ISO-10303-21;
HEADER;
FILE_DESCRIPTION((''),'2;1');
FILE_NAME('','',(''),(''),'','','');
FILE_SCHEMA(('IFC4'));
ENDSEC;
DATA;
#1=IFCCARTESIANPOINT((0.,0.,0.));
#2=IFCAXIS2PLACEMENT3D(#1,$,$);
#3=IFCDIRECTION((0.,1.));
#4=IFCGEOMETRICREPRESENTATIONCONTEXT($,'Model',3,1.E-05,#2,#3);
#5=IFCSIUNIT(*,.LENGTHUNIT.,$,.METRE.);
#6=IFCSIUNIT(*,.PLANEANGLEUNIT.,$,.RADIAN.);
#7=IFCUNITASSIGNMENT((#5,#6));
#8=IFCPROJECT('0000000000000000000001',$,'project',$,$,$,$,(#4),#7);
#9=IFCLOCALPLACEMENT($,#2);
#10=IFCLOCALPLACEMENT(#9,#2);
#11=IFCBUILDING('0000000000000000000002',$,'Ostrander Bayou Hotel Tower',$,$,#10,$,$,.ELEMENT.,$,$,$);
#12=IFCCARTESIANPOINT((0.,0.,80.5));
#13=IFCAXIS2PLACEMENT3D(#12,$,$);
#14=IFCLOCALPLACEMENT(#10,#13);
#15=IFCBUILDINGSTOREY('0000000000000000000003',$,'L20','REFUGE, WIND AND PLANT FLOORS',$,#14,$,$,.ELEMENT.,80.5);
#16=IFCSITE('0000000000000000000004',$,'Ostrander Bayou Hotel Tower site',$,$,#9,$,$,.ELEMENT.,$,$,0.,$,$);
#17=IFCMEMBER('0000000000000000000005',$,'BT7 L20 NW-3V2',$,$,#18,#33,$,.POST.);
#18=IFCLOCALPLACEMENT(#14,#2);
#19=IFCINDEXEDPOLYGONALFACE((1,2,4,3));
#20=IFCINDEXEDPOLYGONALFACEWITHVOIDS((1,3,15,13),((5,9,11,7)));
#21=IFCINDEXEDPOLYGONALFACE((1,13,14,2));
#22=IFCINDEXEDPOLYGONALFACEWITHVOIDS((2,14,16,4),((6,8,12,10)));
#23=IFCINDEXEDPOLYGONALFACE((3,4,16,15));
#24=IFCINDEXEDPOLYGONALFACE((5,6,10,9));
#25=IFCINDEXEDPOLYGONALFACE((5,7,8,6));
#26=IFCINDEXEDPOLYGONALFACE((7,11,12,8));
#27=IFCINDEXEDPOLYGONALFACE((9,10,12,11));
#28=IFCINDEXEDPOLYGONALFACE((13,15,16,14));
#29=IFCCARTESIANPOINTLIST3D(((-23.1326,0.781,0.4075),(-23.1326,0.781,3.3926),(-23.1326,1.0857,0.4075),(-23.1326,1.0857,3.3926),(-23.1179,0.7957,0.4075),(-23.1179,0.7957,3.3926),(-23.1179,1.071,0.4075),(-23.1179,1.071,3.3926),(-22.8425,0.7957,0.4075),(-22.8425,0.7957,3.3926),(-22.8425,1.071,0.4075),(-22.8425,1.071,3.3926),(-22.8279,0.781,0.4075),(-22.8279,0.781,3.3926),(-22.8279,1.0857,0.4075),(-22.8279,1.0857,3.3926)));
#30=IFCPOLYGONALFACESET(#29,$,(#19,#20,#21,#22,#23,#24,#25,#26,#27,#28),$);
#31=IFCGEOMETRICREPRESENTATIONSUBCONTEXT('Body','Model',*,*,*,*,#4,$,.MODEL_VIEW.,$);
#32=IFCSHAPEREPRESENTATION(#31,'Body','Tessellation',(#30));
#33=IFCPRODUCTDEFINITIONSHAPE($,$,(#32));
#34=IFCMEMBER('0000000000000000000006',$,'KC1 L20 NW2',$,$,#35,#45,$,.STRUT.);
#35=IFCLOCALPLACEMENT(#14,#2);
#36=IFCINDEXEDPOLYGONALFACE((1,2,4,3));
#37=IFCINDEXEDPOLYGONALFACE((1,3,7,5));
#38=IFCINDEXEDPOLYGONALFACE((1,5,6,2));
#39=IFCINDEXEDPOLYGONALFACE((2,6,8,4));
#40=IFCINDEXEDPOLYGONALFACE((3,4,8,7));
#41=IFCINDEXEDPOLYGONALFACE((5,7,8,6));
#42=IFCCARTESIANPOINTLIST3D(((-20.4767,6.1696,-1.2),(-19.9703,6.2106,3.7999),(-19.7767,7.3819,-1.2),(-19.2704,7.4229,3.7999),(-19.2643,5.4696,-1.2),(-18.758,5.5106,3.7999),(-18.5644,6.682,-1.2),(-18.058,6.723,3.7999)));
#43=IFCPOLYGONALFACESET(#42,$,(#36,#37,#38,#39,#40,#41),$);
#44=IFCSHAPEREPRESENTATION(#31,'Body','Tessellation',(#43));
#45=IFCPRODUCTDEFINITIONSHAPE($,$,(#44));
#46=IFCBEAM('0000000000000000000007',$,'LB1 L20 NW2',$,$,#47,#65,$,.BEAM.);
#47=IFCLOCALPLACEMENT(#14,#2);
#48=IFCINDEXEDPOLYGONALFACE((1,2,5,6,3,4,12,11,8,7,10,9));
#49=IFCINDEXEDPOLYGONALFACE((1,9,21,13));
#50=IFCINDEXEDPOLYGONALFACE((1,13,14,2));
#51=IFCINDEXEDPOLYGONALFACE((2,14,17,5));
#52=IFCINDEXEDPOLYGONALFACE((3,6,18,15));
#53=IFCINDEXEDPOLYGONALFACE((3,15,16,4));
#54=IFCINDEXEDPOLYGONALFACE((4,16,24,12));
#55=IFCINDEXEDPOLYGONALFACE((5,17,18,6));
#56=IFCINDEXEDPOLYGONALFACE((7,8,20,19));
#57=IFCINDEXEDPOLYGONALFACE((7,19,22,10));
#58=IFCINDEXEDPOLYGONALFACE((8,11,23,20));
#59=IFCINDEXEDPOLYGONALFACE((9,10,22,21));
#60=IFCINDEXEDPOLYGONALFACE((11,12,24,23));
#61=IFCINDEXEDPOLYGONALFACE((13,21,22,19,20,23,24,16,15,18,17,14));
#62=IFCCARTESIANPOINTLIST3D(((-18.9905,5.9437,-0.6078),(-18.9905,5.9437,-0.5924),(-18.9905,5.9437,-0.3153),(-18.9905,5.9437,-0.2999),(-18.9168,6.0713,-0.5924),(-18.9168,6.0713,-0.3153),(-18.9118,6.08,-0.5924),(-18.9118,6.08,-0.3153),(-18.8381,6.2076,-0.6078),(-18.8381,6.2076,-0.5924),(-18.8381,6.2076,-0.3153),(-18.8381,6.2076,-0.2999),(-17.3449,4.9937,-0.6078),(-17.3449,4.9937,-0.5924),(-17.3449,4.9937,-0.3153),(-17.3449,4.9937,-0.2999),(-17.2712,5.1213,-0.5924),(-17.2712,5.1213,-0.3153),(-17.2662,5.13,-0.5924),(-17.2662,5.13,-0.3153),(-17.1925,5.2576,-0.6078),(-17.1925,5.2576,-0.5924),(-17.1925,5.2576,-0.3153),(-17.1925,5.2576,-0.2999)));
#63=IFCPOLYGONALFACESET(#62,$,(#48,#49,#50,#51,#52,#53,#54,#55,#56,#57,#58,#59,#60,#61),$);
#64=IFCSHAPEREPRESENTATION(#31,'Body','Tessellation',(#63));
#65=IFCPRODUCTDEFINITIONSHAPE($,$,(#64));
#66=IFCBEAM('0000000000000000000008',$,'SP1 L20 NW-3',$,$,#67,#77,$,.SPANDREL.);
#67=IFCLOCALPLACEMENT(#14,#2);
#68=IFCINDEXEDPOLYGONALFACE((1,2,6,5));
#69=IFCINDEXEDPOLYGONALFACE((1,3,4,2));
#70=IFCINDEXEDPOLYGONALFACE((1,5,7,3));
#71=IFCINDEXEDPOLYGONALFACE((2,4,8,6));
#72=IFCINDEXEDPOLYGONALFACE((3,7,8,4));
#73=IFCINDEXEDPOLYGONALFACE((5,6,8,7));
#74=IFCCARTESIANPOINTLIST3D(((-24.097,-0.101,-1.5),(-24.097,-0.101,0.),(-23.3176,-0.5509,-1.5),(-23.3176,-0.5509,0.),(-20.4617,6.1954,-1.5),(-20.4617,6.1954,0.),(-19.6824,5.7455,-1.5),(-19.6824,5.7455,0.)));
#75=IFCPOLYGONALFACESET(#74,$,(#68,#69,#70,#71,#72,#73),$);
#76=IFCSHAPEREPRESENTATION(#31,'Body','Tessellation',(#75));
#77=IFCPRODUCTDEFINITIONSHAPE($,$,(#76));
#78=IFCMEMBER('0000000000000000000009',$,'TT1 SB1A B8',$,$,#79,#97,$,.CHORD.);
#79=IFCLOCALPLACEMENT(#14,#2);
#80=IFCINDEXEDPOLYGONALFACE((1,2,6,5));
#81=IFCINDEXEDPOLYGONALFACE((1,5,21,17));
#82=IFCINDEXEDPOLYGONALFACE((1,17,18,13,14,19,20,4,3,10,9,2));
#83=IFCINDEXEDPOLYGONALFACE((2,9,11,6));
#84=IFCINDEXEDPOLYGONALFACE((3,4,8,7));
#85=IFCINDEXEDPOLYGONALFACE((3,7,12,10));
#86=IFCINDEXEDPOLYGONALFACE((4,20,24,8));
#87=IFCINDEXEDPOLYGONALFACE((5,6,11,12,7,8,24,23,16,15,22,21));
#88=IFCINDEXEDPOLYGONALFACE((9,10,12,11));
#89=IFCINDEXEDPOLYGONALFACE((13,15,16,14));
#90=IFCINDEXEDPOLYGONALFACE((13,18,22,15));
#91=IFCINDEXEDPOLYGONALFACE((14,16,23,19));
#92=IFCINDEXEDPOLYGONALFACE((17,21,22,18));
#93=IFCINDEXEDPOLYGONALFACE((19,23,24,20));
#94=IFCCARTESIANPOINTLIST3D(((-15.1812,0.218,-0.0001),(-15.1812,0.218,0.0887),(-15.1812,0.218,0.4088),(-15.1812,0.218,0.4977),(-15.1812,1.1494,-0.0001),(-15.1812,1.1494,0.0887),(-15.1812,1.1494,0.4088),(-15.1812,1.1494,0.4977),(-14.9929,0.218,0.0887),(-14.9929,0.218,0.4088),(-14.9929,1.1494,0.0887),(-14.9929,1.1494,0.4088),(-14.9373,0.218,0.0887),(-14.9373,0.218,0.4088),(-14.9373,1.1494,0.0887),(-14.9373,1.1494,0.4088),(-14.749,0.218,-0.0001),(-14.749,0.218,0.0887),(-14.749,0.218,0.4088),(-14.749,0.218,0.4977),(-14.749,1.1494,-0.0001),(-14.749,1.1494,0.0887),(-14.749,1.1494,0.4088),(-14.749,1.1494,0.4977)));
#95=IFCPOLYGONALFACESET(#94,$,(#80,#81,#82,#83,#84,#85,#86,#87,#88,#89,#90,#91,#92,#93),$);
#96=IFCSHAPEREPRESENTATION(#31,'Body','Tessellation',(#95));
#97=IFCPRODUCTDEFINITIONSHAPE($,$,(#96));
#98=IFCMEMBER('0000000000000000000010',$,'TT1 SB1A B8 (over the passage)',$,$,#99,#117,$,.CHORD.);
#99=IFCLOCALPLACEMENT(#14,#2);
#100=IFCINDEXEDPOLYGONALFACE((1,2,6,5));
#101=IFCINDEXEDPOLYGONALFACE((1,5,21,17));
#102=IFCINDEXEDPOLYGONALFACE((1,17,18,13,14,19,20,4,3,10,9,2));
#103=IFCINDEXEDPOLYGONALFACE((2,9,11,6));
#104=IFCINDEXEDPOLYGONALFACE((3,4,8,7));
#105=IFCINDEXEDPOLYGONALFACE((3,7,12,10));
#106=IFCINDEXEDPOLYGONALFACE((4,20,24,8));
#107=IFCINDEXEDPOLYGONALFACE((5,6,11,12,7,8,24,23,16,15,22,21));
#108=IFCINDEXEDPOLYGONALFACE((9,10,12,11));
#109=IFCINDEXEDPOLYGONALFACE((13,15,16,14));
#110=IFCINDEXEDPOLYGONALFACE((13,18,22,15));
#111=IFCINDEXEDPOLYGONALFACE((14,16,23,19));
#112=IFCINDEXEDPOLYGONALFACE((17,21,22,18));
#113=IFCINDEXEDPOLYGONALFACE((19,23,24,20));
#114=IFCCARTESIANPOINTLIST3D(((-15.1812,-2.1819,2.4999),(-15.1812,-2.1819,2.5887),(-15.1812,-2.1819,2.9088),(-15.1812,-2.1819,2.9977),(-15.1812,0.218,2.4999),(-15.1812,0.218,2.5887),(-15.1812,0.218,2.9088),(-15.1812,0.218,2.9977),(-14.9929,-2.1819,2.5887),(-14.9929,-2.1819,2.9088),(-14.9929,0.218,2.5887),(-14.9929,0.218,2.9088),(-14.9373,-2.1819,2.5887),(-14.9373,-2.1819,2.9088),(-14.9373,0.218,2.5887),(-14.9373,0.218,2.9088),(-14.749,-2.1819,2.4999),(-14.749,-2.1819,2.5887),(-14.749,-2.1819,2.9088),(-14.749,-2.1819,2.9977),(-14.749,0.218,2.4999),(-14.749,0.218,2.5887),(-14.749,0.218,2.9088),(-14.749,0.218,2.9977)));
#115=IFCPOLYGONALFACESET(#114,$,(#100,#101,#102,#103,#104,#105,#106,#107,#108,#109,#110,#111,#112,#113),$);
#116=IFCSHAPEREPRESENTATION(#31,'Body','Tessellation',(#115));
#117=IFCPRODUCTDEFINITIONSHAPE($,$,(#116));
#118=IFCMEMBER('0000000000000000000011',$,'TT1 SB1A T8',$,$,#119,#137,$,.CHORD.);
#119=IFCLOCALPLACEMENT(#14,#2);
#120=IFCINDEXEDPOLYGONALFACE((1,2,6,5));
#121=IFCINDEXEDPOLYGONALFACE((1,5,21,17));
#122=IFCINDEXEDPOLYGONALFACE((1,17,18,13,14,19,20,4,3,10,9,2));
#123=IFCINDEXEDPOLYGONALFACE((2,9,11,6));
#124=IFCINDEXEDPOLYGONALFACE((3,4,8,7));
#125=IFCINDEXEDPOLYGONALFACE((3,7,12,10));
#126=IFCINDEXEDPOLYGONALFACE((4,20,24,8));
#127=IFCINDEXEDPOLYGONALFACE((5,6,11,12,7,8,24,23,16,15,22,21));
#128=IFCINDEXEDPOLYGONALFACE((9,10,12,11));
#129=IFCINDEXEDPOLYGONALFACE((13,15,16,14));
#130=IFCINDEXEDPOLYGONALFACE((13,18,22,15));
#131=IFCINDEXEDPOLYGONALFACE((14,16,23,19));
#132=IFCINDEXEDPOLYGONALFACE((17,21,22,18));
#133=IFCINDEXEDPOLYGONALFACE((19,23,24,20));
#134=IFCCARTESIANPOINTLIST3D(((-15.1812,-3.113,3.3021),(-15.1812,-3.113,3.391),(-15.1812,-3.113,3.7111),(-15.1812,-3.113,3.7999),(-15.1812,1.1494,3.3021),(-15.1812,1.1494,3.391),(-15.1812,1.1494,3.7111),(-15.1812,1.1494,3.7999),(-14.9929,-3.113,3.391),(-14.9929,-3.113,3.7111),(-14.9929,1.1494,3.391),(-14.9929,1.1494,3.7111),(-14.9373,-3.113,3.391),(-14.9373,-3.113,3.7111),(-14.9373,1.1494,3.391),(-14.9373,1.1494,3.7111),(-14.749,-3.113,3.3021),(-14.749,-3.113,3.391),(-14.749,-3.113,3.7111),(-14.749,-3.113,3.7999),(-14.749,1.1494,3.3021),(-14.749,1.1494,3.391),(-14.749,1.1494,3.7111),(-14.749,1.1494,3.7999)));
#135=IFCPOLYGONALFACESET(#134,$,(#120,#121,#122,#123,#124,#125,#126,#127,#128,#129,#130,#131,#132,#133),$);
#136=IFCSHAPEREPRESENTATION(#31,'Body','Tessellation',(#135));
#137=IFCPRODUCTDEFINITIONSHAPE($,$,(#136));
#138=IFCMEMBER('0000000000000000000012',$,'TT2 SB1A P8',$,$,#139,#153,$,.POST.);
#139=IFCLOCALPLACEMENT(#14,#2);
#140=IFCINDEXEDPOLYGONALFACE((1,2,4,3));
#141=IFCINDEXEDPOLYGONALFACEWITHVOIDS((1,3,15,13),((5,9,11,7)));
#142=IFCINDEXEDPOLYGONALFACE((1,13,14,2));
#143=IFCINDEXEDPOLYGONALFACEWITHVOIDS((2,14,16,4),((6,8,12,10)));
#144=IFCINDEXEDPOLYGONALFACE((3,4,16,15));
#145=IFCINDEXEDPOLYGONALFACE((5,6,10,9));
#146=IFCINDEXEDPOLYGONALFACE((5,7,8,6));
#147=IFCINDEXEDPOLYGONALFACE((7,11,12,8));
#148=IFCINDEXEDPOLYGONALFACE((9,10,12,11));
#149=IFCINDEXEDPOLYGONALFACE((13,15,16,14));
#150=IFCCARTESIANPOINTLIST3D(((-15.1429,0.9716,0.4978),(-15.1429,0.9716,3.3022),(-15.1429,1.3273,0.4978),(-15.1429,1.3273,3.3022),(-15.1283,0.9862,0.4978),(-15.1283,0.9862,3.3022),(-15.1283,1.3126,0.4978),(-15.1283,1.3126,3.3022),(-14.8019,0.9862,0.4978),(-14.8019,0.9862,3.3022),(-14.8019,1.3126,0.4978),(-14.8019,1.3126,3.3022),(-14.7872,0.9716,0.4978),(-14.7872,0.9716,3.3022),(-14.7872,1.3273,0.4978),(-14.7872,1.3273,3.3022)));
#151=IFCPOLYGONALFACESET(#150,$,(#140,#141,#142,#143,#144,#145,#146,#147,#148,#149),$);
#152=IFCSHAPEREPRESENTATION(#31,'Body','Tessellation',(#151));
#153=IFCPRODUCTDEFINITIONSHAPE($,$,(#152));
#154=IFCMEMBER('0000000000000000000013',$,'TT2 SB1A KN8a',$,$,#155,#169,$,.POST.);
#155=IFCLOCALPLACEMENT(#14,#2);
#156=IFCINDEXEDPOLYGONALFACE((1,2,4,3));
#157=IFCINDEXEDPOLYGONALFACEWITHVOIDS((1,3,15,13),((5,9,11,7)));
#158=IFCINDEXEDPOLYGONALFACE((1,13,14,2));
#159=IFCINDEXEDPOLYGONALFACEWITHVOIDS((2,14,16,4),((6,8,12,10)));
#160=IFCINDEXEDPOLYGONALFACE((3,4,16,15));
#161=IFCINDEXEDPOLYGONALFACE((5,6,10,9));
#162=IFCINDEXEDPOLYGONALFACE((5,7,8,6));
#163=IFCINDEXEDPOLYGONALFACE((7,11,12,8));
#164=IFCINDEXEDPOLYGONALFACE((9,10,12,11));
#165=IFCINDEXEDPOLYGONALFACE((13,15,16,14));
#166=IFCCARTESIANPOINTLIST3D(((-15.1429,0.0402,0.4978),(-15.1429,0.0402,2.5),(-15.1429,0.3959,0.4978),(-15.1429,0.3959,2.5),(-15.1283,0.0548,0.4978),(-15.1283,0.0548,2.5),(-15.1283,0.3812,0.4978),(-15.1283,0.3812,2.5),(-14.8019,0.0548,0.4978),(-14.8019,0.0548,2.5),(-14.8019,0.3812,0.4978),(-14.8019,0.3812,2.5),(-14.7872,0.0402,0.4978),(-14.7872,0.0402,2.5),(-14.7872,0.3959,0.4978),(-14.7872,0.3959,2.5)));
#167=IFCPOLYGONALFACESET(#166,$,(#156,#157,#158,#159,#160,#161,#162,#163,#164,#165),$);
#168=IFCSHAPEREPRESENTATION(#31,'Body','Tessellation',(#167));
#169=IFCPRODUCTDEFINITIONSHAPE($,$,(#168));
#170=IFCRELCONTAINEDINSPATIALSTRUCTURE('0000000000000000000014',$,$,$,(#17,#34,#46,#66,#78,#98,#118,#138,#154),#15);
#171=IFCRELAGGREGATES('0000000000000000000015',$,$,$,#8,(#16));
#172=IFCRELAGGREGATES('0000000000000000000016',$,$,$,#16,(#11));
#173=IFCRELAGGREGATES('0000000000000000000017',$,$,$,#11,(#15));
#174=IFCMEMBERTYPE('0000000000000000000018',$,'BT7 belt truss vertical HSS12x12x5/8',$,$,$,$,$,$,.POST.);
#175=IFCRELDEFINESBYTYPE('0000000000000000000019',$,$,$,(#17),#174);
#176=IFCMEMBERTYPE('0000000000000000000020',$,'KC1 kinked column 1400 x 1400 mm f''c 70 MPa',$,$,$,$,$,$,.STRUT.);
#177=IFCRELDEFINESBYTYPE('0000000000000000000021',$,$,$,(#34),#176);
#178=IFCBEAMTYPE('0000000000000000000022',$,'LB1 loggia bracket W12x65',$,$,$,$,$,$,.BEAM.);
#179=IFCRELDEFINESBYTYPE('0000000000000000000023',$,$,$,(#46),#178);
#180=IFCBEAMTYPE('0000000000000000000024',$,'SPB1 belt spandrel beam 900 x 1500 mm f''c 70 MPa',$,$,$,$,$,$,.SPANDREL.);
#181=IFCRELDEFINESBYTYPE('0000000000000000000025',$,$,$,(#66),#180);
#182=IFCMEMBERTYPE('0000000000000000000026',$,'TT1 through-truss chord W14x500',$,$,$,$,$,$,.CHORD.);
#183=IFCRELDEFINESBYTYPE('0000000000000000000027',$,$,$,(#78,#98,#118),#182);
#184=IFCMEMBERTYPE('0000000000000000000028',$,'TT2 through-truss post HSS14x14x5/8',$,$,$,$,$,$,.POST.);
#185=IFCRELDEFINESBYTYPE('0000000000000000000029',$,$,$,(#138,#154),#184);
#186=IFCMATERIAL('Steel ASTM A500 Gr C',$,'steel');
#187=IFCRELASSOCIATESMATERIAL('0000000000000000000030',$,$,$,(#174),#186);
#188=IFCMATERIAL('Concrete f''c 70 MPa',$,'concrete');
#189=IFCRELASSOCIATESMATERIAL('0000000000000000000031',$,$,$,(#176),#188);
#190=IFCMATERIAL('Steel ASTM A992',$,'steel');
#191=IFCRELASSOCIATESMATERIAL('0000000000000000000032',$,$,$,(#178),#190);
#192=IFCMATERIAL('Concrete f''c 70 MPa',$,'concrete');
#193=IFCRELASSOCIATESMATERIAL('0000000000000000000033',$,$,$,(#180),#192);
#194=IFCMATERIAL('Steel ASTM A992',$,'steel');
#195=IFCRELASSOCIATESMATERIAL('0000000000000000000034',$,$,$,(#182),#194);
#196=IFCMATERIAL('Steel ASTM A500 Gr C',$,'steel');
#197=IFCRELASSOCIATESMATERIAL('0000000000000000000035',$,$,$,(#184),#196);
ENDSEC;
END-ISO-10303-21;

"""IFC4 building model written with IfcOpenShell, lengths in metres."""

from ifc_helpers import new_model, si_unit, direction, frame, origin, origin_2d, place, context, subcontext, project, spatial, rectangle, hollow_rectangle, i_section, extrude, material, material_profile, profile_set, type_object, element, save


model = new_model("IFC4")

# Units and contexts
model_context = context("Model", 3, precision=1e-05, world=origin(), true_north=direction((0.0, 1.0)))
body_context = subcontext(model_context, "Body", "Model", "MODEL_VIEW")
ifc_project = project(units=[si_unit("LENGTHUNIT", "METRE"), si_unit("PLANEANGLEUNIT", "RADIAN")], contexts=[model_context])

# Site, building, storey
site_placement = place(None, origin())
site = spatial("IfcSite", under=ifc_project, at=site_placement, Name="Ostrander Bayou Hotel Tower site", CompositionType="ELEMENT", RefElevation=0.0)
building_placement = place(site_placement, origin())
building = spatial("IfcBuilding", under=site, at=building_placement, Name="Ostrander Bayou Hotel Tower", CompositionType="ELEMENT")
storey_placement = place(building_placement, frame((0.0, 0.0, 80.5)))
storey = spatial("IfcBuildingStorey", under=building, at=storey_placement, Name="L20", Description="REFUGE, WIND AND PLANT FLOORS", CompositionType="ELEMENT", Elevation=80.5)

# Members
ifc_material_1 = material(Name="Steel ASTM A500 Gr C", Category="steel")
ifc_material_profile_1 = material_profile(ifc_material_1, hollow_rectangle(XDim=0.3047, YDim=0.3047, WallThickness=0.0146, at=origin_2d()))
ifc_profile_set_1 = profile_set([ifc_material_profile_1], Name="Steel ASTM A500 Gr C")
member_type_1 = type_object("IfcMemberType", Name="BT7 belt truss vertical HSS12x12x5/8", PredefinedType="POST", material=ifc_profile_set_1)
for number, where, z_axis, x_axis, name in (
    (1, (-22.9802, 0.9333, 0.4075), (0.0, 0.0, 1.0), (1.0, 0.0, 0.0), "BT7 L20 NW-3V2"),
):
    element("IfcMember", number, at=place(storey_placement, frame(where, z_axis=z_axis, x_axis=x_axis)), inside=storey, type_object=member_type_1, Name=name, PredefinedType="POST", context=body_context, shape_type="SweptSolid", body=[
        extrude(hollow_rectangle(XDim=0.3047, YDim=0.3047, WallThickness=0.0146, at=origin_2d()), origin(), (0.0, 0.0, 1.0), 2.9851),
    ])
ifc_material_2 = material(Name="Concrete f'c 70 MPa", Category="concrete")
ifc_material_profile_2 = material_profile(ifc_material_2, rectangle(XDim=1.3999, YDim=1.3999, at=origin_2d()))
ifc_profile_set_2 = profile_set([ifc_material_profile_2], Name="Concrete f'c 70 MPa")
member_type_2 = type_object("IfcMemberType", Name="KC1 kinked column 1400 x 1400 mm f'c 70 MPa", PredefinedType="STRUT", material=ifc_profile_set_2)
member_1_placement = place(storey_placement, frame((-19.5205, 6.4258, -1.2), z_axis=(0.0, 0.0, 1.0), x_axis=(0.5, 0.866025, 0.0)))
element("IfcMember", 2, at=member_1_placement, inside=storey, type_object=member_type_2, Name="KC1 L20 NW2", PredefinedType="STRUT", context=body_context, shape_type="SweptSolid", body=[
    extrude(rectangle(XDim=1.3999, YDim=1.3999, at=origin_2d()), origin(), (0.057443, -0.083172, 0.994878), 5.0256),
])

# Beams
ifc_material_3 = material(Name="Steel ASTM A992", Category="steel")
ifc_material_profile_3 = material_profile(ifc_material_3, i_section(OverallWidth=0.3047, OverallDepth=0.3079, WebThickness=0.01, FlangeThickness=0.0154, at=origin_2d()))
ifc_profile_set_3 = profile_set([ifc_material_profile_3], Name="Steel ASTM A992")
beam_type_1 = type_object("IfcBeamType", Name="LB1 loggia bracket W12x65", PredefinedType="BEAM", material=ifc_profile_set_3)
beam_1_placement = place(storey_placement, frame((-18.9143, 6.0757, -0.4539), z_axis=(0.866044, -0.499967, 0.0), x_axis=(0.499967, 0.866044, 0.0)))
element("IfcBeam", 3, at=beam_1_placement, inside=storey, type_object=beam_type_1, Name="LB1 L20 NW2", PredefinedType="BEAM", context=body_context, shape_type="SweptSolid", body=[
    extrude(i_section(OverallWidth=0.3047, OverallDepth=0.3079, WebThickness=0.01, FlangeThickness=0.0154, at=origin_2d()), origin(), (0.0, 0.0, 1.0), 1.9001),
])
ifc_material_4 = material(Name="Concrete f'c 70 MPa", Category="concrete")
ifc_material_profile_4 = material_profile(ifc_material_4, rectangle(XDim=0.8999, YDim=1.5, at=origin_2d()))
ifc_profile_set_4 = profile_set([ifc_material_profile_4], Name="Concrete f'c 70 MPa")
beam_type_2 = type_object("IfcBeamType", Name="SPB1 belt spandrel beam 900 x 1500 mm f'c 70 MPa", PredefinedType="SPANDREL", material=ifc_profile_set_4)
beam_2_placement = place(storey_placement, frame((-20.072, 5.9705, -0.75), z_axis=(-0.500003, -0.866023, 0.0), x_axis=(0.866023, -0.500003, 0.0)))
element("IfcBeam", 4, at=beam_2_placement, inside=storey, type_object=beam_type_2, Name="SP1 L20 NW-3", PredefinedType="SPANDREL", context=body_context, shape_type="SweptSolid", body=[
    extrude(rectangle(XDim=0.8999, YDim=1.5, at=origin_2d()), origin(), (0.0, 0.0, 1.0), 7.2705),
])

# Members
ifc_material_5 = material(Name="Steel ASTM A992", Category="steel")
ifc_material_profile_5 = material_profile(ifc_material_5, i_section(OverallWidth=0.4321, OverallDepth=0.4978, WebThickness=0.0557, FlangeThickness=0.0889, at=origin_2d()))
ifc_profile_set_5 = profile_set([ifc_material_profile_5], Name="Steel ASTM A992")
member_type_3 = type_object("IfcMemberType", Name="TT1 through-truss chord W14x500", PredefinedType="CHORD", material=ifc_profile_set_5)
member_2_placement = place(storey_placement, frame((-14.9651, 1.1494, 0.2488), z_axis=(0.0, -1.0, 0.0), x_axis=(1.0, 0.0, 0.0)))
element("IfcMember", 5, at=member_2_placement, inside=storey, type_object=member_type_3, Name="TT1 SB1A B8", PredefinedType="CHORD", context=body_context, shape_type="SweptSolid", body=[
    extrude(i_section(OverallWidth=0.4321, OverallDepth=0.4978, WebThickness=0.0557, FlangeThickness=0.0889, at=origin_2d()), origin(), (0.0, 0.0, 1.0), 0.9314),
])
member_3_placement = place(storey_placement, frame((-14.9651, 0.218, 2.7488), z_axis=(0.0, -1.0, 0.0), x_axis=(1.0, 0.0, 0.0)))
element("IfcMember", 6, at=member_3_placement, inside=storey, type_object=member_type_3, Name="TT1 SB1A B8 (over the passage)", PredefinedType="CHORD", context=body_context, shape_type="SweptSolid", body=[
    extrude(i_section(OverallWidth=0.4321, OverallDepth=0.4978, WebThickness=0.0557, FlangeThickness=0.0889, at=origin_2d()), origin(), (0.0, 0.0, 1.0), 2.3999),
])
member_4_placement = place(storey_placement, frame((-14.9651, 1.1494, 3.551), z_axis=(0.0, -1.0, 0.0), x_axis=(1.0, 0.0, 0.0)))
element("IfcMember", 7, at=member_4_placement, inside=storey, type_object=member_type_3, Name="TT1 SB1A T8", PredefinedType="CHORD", context=body_context, shape_type="SweptSolid", body=[
    extrude(i_section(OverallWidth=0.4321, OverallDepth=0.4978, WebThickness=0.0557, FlangeThickness=0.0889, at=origin_2d()), origin(), (0.0, 0.0, 1.0), 4.2625),
])
ifc_material_6 = material(Name="Steel ASTM A500 Gr C", Category="steel")
ifc_material_profile_6 = material_profile(ifc_material_6, hollow_rectangle(XDim=0.3557, YDim=0.3557, WallThickness=0.0146, at=origin_2d()))
ifc_profile_set_6 = profile_set([ifc_material_profile_6], Name="Steel ASTM A500 Gr C")
member_type_4 = type_object("IfcMemberType", Name="TT2 through-truss post HSS14x14x5/8", PredefinedType="POST", material=ifc_profile_set_6)
member_5_placement = place(storey_placement, frame((-14.9651, 1.1494, 0.4978), z_axis=(0.0, 0.0, 1.0), x_axis=(1.0, 0.0, 0.0)))
element("IfcMember", 8, at=member_5_placement, inside=storey, type_object=member_type_4, Name="TT2 SB1A P8", PredefinedType="POST", context=body_context, shape_type="SweptSolid", body=[
    extrude(hollow_rectangle(XDim=0.3557, YDim=0.3557, WallThickness=0.0146, at=origin_2d()), origin(), (0.0, 0.0, 1.0), 2.8044),
])
member_6_placement = place(storey_placement, frame((-14.9651, 0.218, 0.4978), z_axis=(0.0, 0.0, 1.0), x_axis=(1.0, 0.0, 0.0)))
element("IfcMember", 9, at=member_6_placement, inside=storey, type_object=member_type_4, Name="TT2 SB1A KN8a", PredefinedType="POST", context=body_context, shape_type="SweptSolid", body=[
    extrude(hollow_rectangle(XDim=0.3557, YDim=0.3557, WallThickness=0.0146, at=origin_2d()), origin(), (0.0, 0.0, 1.0), 2.0022),
])

save(model, "model.ifc")
